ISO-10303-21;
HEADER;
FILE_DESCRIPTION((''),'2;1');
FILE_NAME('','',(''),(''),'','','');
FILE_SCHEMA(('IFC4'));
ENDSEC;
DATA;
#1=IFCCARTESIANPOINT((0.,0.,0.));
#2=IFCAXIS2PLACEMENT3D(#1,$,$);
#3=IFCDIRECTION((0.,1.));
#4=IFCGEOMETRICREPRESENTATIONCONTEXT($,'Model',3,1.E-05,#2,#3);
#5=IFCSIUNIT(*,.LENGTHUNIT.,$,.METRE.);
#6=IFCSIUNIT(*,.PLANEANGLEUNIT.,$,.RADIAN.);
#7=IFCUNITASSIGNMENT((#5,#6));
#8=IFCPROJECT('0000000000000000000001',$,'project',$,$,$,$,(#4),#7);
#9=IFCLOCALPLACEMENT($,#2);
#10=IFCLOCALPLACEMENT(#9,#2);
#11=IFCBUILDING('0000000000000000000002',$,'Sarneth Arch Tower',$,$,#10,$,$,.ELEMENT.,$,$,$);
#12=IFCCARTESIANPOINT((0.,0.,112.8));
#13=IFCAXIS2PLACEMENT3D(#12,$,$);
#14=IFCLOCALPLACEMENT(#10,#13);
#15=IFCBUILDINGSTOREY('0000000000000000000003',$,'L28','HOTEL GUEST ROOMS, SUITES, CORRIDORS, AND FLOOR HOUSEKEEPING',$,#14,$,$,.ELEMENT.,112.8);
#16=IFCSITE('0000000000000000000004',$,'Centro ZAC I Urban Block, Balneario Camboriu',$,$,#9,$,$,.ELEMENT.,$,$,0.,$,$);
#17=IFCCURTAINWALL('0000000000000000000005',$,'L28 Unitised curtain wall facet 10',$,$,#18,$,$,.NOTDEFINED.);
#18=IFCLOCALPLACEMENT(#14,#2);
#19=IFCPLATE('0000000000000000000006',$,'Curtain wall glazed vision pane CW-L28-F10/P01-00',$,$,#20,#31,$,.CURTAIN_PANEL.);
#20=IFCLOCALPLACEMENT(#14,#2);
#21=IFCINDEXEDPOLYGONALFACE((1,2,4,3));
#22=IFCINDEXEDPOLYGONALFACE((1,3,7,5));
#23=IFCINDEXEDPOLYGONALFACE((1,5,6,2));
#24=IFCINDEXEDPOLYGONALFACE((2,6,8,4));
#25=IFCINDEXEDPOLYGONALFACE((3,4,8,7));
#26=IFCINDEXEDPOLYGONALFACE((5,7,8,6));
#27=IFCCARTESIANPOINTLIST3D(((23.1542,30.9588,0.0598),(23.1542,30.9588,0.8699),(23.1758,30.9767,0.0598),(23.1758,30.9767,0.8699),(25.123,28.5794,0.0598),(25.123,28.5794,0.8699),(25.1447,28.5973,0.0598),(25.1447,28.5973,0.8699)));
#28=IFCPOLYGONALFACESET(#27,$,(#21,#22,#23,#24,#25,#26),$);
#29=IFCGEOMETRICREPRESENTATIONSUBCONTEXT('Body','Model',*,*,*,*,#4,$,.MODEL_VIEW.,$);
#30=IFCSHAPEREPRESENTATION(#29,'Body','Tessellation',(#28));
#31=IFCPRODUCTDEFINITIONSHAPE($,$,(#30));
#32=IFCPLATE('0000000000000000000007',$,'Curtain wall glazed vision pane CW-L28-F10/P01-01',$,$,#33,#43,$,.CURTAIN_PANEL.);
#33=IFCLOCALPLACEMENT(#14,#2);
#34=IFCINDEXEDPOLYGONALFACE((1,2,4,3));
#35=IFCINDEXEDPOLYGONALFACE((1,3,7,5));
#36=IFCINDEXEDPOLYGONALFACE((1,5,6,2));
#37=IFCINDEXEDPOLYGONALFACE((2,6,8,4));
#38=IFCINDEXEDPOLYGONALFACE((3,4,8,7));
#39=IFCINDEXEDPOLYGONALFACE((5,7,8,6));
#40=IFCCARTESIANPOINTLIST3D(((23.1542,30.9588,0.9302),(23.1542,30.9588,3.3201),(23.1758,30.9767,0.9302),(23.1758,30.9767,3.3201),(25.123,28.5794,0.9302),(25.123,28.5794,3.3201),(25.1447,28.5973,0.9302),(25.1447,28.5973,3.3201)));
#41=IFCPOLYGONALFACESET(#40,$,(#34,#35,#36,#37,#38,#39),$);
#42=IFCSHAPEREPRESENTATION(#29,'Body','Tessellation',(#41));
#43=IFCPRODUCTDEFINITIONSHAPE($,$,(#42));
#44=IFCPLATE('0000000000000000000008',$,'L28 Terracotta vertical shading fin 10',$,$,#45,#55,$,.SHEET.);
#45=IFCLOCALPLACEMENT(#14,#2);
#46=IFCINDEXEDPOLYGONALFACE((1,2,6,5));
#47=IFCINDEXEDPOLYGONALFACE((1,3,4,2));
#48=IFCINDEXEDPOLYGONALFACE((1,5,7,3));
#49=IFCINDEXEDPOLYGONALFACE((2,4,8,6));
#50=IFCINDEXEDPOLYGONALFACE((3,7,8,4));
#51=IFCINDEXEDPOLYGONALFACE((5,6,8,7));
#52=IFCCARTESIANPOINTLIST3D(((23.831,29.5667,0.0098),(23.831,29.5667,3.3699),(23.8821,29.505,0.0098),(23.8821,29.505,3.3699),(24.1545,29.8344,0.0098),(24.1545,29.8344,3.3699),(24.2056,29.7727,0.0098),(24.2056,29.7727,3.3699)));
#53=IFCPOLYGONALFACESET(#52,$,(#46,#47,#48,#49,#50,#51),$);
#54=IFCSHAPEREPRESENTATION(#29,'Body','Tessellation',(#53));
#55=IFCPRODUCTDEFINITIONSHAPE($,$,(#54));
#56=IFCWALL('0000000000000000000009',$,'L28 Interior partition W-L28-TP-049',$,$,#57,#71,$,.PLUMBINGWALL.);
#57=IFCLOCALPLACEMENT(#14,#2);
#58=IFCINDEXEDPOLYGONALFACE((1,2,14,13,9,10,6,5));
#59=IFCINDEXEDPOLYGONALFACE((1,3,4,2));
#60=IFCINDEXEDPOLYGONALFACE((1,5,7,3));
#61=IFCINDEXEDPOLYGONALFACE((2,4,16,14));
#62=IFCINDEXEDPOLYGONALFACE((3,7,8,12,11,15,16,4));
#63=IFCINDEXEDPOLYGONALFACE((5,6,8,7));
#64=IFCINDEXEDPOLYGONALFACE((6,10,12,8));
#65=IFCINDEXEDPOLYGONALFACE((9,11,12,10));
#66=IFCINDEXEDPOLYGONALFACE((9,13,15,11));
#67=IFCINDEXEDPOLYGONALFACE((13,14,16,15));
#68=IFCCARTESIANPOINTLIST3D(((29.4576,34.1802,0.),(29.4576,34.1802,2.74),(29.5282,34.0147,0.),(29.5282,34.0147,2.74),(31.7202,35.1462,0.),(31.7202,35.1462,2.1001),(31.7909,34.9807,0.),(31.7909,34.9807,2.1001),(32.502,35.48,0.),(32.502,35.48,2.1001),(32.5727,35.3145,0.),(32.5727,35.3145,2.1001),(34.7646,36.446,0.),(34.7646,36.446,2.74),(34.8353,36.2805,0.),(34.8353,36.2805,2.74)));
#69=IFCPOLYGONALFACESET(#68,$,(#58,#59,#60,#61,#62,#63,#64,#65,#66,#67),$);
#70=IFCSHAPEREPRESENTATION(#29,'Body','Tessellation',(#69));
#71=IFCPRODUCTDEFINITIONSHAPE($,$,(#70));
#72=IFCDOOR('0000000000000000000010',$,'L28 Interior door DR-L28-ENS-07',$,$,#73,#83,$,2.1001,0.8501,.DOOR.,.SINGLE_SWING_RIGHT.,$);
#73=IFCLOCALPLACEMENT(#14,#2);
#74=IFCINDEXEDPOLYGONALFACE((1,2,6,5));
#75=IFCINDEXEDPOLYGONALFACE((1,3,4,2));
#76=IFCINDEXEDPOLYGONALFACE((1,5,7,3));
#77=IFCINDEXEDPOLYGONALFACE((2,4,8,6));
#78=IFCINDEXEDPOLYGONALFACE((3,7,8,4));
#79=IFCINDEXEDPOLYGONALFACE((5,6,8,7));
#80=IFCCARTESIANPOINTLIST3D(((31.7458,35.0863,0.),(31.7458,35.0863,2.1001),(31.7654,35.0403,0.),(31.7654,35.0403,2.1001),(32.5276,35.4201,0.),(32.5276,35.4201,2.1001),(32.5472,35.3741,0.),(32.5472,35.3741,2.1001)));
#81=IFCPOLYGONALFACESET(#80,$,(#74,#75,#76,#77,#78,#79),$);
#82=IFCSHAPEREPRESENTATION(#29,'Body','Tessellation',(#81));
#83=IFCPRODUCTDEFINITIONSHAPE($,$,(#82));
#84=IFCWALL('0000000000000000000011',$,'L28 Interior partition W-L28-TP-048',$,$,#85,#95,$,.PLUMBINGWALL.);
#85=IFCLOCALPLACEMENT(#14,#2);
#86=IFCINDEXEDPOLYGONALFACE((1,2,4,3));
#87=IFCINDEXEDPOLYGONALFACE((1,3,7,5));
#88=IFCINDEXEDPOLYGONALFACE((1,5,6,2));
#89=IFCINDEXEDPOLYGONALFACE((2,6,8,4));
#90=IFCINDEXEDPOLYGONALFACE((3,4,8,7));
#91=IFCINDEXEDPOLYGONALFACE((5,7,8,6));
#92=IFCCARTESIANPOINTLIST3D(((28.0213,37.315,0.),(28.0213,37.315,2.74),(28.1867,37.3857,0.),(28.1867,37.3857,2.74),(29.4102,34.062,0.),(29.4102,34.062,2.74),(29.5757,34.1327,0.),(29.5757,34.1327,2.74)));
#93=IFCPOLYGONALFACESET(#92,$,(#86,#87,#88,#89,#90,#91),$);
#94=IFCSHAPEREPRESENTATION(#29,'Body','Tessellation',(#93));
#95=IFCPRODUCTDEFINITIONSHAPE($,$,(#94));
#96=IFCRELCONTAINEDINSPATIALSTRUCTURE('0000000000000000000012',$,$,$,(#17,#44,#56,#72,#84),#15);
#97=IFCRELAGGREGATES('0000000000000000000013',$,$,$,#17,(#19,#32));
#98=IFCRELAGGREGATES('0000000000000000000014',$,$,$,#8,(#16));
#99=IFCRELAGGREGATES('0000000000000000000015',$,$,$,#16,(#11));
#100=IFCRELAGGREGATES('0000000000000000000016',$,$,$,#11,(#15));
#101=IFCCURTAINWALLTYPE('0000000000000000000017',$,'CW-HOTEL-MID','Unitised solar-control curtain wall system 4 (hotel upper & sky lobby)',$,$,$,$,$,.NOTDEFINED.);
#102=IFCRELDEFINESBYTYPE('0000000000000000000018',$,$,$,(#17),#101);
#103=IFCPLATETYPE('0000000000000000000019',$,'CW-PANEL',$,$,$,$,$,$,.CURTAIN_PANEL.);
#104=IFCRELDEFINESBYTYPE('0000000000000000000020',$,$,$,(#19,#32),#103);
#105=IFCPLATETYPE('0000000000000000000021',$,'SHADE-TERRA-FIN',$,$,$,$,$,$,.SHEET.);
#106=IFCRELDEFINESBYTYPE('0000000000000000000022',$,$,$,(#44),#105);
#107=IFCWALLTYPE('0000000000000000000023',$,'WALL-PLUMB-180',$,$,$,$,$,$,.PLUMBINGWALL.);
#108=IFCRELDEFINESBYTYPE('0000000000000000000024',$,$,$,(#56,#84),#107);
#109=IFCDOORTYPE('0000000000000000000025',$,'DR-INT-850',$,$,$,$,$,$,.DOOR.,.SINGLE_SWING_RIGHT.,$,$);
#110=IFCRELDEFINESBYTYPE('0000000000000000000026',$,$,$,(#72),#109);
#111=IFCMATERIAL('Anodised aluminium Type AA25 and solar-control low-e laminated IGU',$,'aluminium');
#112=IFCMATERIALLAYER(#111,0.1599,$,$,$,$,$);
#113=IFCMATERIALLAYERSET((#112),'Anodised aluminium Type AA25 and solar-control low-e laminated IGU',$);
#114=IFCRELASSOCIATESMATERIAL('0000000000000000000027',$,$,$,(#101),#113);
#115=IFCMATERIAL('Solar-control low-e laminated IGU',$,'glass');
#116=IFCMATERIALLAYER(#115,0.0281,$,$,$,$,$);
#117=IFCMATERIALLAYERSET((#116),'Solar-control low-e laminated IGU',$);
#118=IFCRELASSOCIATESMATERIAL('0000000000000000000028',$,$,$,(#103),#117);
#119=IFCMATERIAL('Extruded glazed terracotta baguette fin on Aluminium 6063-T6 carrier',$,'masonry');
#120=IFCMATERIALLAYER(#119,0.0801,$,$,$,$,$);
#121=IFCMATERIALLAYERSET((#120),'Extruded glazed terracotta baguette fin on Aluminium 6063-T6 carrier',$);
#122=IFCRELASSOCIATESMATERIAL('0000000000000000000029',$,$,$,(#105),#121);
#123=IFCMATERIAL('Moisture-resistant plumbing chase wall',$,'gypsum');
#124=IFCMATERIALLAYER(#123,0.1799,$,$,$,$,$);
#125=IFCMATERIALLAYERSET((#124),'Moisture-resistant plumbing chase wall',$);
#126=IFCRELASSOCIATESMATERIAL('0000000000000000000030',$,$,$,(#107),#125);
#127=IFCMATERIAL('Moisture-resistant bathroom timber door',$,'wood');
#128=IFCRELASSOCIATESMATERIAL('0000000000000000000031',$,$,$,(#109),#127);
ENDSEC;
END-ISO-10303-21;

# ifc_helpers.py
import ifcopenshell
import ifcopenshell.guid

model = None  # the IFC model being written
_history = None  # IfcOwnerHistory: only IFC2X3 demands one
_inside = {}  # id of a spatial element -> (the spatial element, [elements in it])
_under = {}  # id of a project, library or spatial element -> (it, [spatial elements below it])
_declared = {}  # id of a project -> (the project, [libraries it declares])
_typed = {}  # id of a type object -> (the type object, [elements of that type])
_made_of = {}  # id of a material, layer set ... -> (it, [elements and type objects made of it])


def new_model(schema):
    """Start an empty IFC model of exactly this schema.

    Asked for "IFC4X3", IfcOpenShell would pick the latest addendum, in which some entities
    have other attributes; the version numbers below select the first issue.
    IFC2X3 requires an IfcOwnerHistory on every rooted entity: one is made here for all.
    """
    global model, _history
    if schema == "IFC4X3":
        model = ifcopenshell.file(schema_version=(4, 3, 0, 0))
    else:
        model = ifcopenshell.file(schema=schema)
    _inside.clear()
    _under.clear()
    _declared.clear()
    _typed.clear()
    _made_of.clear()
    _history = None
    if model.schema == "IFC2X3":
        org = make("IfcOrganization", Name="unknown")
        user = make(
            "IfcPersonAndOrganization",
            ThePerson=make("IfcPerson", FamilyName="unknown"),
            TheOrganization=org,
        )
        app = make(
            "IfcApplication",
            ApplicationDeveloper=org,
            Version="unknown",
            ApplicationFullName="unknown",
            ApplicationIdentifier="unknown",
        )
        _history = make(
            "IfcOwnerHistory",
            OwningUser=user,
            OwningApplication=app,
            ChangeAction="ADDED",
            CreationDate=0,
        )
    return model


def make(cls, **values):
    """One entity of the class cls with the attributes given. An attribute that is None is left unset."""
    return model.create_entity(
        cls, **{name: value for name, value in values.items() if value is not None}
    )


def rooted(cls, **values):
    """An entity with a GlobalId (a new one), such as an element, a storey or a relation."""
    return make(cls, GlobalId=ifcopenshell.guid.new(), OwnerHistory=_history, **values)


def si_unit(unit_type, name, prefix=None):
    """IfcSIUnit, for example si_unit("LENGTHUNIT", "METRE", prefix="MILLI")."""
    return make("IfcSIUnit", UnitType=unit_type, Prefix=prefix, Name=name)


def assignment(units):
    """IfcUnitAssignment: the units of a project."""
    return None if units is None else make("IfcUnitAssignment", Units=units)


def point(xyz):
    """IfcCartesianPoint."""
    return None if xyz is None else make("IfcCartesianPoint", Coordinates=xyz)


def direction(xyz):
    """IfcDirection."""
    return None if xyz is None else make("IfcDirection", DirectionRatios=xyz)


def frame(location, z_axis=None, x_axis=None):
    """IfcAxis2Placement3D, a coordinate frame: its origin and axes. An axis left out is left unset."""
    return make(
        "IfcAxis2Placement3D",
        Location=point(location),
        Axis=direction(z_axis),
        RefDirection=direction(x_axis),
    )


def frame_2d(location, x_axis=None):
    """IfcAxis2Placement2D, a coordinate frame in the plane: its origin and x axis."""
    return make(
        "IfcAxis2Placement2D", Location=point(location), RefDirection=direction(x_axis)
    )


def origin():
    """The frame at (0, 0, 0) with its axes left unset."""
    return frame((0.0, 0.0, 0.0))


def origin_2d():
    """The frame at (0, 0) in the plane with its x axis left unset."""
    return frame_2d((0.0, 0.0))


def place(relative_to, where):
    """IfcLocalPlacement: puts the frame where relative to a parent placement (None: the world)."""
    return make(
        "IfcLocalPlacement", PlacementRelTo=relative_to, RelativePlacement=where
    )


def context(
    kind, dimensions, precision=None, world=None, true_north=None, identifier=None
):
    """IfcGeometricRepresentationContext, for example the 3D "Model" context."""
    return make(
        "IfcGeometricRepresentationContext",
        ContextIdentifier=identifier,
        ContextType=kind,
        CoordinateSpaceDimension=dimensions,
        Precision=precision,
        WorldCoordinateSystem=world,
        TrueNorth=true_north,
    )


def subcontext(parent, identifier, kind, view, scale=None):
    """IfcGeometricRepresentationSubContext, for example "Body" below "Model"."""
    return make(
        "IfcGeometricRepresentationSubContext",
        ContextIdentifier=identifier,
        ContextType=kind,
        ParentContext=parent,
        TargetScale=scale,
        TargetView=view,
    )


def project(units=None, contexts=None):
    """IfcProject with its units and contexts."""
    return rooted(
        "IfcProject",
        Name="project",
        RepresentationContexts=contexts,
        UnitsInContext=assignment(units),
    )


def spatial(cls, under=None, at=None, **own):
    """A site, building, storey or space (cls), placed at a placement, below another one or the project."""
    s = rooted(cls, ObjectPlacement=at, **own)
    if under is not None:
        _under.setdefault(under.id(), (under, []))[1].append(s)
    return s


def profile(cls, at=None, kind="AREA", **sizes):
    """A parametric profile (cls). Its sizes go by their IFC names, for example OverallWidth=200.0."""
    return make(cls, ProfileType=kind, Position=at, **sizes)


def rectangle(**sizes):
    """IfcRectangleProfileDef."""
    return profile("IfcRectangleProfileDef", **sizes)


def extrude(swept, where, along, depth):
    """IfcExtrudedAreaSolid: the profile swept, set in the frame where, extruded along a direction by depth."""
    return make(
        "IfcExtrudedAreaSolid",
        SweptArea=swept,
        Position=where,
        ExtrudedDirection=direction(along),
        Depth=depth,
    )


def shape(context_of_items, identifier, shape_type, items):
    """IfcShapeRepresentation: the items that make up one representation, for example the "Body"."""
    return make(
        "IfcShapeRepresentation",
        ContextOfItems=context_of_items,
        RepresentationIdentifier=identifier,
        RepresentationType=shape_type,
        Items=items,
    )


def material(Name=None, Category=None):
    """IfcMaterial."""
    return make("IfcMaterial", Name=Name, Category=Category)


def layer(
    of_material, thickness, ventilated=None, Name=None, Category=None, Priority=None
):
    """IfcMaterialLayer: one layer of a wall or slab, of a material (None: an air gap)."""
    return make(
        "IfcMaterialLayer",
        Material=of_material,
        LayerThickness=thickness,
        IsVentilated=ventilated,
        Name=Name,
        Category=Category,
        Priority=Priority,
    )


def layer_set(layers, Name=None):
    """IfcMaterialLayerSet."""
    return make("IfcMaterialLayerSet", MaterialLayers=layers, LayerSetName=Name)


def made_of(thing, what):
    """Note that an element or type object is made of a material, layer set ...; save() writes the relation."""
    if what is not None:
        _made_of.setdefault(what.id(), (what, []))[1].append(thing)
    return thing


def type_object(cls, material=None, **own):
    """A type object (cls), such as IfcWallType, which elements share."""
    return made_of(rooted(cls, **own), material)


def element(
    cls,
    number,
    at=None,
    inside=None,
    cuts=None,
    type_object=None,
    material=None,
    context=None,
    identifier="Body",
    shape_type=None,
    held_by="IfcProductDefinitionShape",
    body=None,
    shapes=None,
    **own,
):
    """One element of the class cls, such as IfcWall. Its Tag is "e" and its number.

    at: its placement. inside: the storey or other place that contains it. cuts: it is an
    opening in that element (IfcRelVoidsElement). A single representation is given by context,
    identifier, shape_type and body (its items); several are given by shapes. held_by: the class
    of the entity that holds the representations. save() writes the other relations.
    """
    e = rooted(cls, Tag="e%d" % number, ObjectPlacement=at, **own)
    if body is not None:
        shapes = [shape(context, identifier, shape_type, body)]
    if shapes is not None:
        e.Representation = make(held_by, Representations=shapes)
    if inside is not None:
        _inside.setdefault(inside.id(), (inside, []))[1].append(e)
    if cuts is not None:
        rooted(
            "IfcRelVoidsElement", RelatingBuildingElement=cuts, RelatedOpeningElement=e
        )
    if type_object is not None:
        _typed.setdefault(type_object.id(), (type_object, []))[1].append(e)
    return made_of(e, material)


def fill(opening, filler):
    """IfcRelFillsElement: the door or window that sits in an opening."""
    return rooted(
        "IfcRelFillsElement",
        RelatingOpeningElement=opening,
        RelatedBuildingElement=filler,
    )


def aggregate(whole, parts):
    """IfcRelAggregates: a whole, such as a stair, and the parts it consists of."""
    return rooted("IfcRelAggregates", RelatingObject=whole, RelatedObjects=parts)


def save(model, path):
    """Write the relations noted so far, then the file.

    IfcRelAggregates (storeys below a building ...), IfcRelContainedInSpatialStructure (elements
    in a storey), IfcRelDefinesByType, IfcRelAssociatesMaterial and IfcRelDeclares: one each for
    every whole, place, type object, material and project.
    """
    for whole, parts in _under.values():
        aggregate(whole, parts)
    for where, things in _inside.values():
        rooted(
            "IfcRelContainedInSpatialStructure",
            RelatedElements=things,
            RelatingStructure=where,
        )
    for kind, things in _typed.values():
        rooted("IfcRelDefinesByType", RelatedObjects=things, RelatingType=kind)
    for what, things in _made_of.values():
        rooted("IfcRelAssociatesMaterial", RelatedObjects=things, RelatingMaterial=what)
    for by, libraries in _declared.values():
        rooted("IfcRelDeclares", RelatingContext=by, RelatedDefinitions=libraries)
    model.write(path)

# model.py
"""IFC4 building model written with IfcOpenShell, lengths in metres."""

from ifc_helpers import new_model, si_unit, direction, frame, frame_2d, origin, origin_2d, place, context, subcontext, project, spatial, rectangle, extrude, material, layer, layer_set, type_object, element, fill, aggregate, save


model = new_model("IFC4")

# Units and contexts
model_context = context("Model", 3, precision=1e-05, world=origin(), true_north=direction((0.0, 1.0)))
body_context = subcontext(model_context, "Body", "Model", "MODEL_VIEW")
ifc_project = project(units=[si_unit("LENGTHUNIT", "METRE"), si_unit("PLANEANGLEUNIT", "RADIAN")], contexts=[model_context])

# Site, building, storey
site_placement = place(None, origin())
site = spatial("IfcSite", under=ifc_project, at=site_placement, Name="Centro ZAC I Urban Block, Balneario Camboriu", CompositionType="ELEMENT", RefElevation=0.0)
building_placement = place(site_placement, origin())
building = spatial("IfcBuilding", under=site, at=building_placement, Name="Sarneth Arch Tower", CompositionType="ELEMENT")
storey_placement = place(building_placement, frame((0.0, 0.0, 112.8)))
storey = spatial("IfcBuildingStorey", under=building, at=storey_placement, Name="L28", Description="HOTEL GUEST ROOMS, SUITES, CORRIDORS, AND FLOOR HOUSEKEEPING", CompositionType="ELEMENT", Elevation=112.8)

# Curtain wall, plates
ifc_material_1 = material(Name="Anodised aluminium Type AA25 and solar-control low-e laminated IGU", Category="aluminium")
ifc_layer_1 = layer(ifc_material_1, 0.1599)
ifc_layer_set_1 = layer_set([ifc_layer_1], Name="Anodised aluminium Type AA25 and solar-control low-e laminated IGU")
curtain_wall_type = type_object("IfcCurtainWallType", Name="CW-HOTEL-MID", Description="Unitised solar-control curtain wall system 4 (hotel upper & sky lobby)", PredefinedType="NOTDEFINED", material=ifc_layer_set_1)
curtain_wall_placement = place(storey_placement, origin())
curtain_wall = element("IfcCurtainWall", 1, at=curtain_wall_placement, inside=storey, type_object=curtain_wall_type, Name="L28 Unitised curtain wall facet 10", PredefinedType="NOTDEFINED")
ifc_material_2 = material(Name="Solar-control low-e laminated IGU", Category="glass")
ifc_layer_2 = layer(ifc_material_2, 0.0281)
ifc_layer_set_2 = layer_set([ifc_layer_2], Name="Solar-control low-e laminated IGU")
plate_type_1 = type_object("IfcPlateType", Name="CW-PANEL", PredefinedType="CURTAIN_PANEL", material=ifc_layer_set_2)
plate_1_placement = place(storey_placement, frame((24.1494, 29.7781, 0.0598), z_axis=(0.0, 0.0, 1.0), x_axis=(0.637515, -0.770438, 0.0)))
plate_1 = element("IfcPlate", 2, at=plate_1_placement, type_object=plate_type_1, Name="Curtain wall glazed vision pane CW-L28-F10/P01-00", PredefinedType="CURTAIN_PANEL", context=body_context, shape_type="SweptSolid", body=[
    extrude(rectangle(XDim=3.0884, YDim=0.0281, at=origin_2d()), origin(), (0.0, 0.0, 1.0), 0.8101),
])
plate_2_placement = place(storey_placement, frame((24.1494, 29.7781, 0.9302), z_axis=(0.0, 0.0, 1.0), x_axis=(0.637515, -0.770438, 0.0)))
plate_2 = element("IfcPlate", 3, at=plate_2_placement, type_object=plate_type_1, Name="Curtain wall glazed vision pane CW-L28-F10/P01-01", PredefinedType="CURTAIN_PANEL", context=body_context, shape_type="SweptSolid", body=[
    extrude(rectangle(XDim=3.0884, YDim=0.0281, at=origin_2d()), origin(), (0.0, 0.0, 1.0), 2.3899),
])
aggregate(curtain_wall, [plate_1, plate_2])

# Plate
ifc_material_3 = material(Name="Extruded glazed terracotta baguette fin on Aluminium 6063-T6 carrier", Category="masonry")
ifc_layer_3 = layer(ifc_material_3, 0.0801)
ifc_layer_set_3 = layer_set([ifc_layer_3], Name="Extruded glazed terracotta baguette fin on Aluminium 6063-T6 carrier")
plate_type_2 = type_object("IfcPlateType", Name="SHADE-TERRA-FIN", PredefinedType="SHEET", material=ifc_layer_set_3)
plate_3_placement = place(storey_placement, frame((24.0183, 29.6697, 0.0098), z_axis=(0.0, 0.0, 1.0), x_axis=(-0.770402, -0.637558, 0.0)))
element("IfcPlate", 4, at=plate_3_placement, inside=storey, type_object=plate_type_2, Name="L28 Terracotta vertical shading fin 10", PredefinedType="SHEET", context=body_context, shape_type="SweptSolid", body=[
    extrude(rectangle(XDim=0.4199, YDim=0.0801, at=origin_2d()), origin(), (0.0, 0.0, 1.0), 3.3601),
])

# Wall, opening, door
ifc_material_4 = material(Name="Moisture-resistant plumbing chase wall", Category="gypsum")
ifc_layer_4 = layer(ifc_material_4, 0.1799)
ifc_layer_set_4 = layer_set([ifc_layer_4], Name="Moisture-resistant plumbing chase wall")
wall_type = type_object("IfcWallType", Name="WALL-PLUMB-180", PredefinedType="PLUMBINGWALL", material=ifc_layer_set_4)
wall_1_placement = place(storey_placement, frame((29.4929, 34.0974, 0.0), z_axis=(0.0, 0.0, 1.0), x_axis=(0.919685, 0.392658, 0.0)))
wall_1 = element("IfcWall", 5, at=wall_1_placement, inside=storey, type_object=wall_type, Name="L28 Interior partition W-L28-TP-049", PredefinedType="PLUMBINGWALL", context=body_context, shape_type="SweptSolid", body=[
    extrude(rectangle(XDim=5.7705, YDim=0.1799, at=frame_2d((2.8853, 0.0))), origin(), (0.0, 0.0, 1.0), 2.74),
])
opening_placement = place(wall_1_placement, frame((2.4602, 0.0, 0.0)))
opening = element("IfcOpeningElement", 6, at=opening_placement, cuts=wall_1, PredefinedType="OPENING", context=body_context, shape_type="SweptSolid", body=[
    extrude(rectangle(XDim=0.8501, YDim=2.1001, at=frame_2d((0.425, 1.05))), frame((0.0, 0.0999, 0.0), z_axis=(0.0, -1.0, 0.0), x_axis=(1.0, 0.0, 0.0)), (0.0, 0.0, 1.0), 0.2),
])
ifc_material_5 = material(Name="Moisture-resistant bathroom timber door", Category="wood")
door_type = type_object("IfcDoorType", Name="DR-INT-850", OperationType="SINGLE_SWING_RIGHT", PredefinedType="DOOR", material=ifc_material_5)
door_placement = place(opening_placement, origin())
door = element("IfcDoor", 7, at=door_placement, inside=storey, type_object=door_type, Name="L28 Interior door DR-L28-ENS-07", OperationType="SINGLE_SWING_RIGHT", OverallHeight=2.1001, OverallWidth=0.8501, PredefinedType="DOOR", context=body_context, shape_type="SweptSolid", body=[
    extrude(rectangle(XDim=0.8501, YDim=2.1001, at=frame_2d((0.425, 1.05))), frame((0.0, 0.0249, 0.0), z_axis=(0.0, -1.0, 0.0), x_axis=(1.0, 0.0, 0.0)), (0.0, 0.0, 1.0), 0.05),
])
fill(opening, door)

# Wall
wall_2_placement = place(storey_placement, frame((28.104, 37.3503, 0.0), z_axis=(0.0, 0.0, 1.0), x_axis=(0.392678, -0.919676, 0.0)))
element("IfcWall", 8, at=wall_2_placement, inside=storey, type_object=wall_type, Name="L28 Interior partition W-L28-TP-048", PredefinedType="PLUMBINGWALL", context=body_context, shape_type="SweptSolid", body=[
    extrude(rectangle(XDim=3.5371, YDim=0.1799, at=frame_2d((1.7686, 0.0))), origin(), (0.0, 0.0, 1.0), 2.74),
])

save(model, "model.ifc")
